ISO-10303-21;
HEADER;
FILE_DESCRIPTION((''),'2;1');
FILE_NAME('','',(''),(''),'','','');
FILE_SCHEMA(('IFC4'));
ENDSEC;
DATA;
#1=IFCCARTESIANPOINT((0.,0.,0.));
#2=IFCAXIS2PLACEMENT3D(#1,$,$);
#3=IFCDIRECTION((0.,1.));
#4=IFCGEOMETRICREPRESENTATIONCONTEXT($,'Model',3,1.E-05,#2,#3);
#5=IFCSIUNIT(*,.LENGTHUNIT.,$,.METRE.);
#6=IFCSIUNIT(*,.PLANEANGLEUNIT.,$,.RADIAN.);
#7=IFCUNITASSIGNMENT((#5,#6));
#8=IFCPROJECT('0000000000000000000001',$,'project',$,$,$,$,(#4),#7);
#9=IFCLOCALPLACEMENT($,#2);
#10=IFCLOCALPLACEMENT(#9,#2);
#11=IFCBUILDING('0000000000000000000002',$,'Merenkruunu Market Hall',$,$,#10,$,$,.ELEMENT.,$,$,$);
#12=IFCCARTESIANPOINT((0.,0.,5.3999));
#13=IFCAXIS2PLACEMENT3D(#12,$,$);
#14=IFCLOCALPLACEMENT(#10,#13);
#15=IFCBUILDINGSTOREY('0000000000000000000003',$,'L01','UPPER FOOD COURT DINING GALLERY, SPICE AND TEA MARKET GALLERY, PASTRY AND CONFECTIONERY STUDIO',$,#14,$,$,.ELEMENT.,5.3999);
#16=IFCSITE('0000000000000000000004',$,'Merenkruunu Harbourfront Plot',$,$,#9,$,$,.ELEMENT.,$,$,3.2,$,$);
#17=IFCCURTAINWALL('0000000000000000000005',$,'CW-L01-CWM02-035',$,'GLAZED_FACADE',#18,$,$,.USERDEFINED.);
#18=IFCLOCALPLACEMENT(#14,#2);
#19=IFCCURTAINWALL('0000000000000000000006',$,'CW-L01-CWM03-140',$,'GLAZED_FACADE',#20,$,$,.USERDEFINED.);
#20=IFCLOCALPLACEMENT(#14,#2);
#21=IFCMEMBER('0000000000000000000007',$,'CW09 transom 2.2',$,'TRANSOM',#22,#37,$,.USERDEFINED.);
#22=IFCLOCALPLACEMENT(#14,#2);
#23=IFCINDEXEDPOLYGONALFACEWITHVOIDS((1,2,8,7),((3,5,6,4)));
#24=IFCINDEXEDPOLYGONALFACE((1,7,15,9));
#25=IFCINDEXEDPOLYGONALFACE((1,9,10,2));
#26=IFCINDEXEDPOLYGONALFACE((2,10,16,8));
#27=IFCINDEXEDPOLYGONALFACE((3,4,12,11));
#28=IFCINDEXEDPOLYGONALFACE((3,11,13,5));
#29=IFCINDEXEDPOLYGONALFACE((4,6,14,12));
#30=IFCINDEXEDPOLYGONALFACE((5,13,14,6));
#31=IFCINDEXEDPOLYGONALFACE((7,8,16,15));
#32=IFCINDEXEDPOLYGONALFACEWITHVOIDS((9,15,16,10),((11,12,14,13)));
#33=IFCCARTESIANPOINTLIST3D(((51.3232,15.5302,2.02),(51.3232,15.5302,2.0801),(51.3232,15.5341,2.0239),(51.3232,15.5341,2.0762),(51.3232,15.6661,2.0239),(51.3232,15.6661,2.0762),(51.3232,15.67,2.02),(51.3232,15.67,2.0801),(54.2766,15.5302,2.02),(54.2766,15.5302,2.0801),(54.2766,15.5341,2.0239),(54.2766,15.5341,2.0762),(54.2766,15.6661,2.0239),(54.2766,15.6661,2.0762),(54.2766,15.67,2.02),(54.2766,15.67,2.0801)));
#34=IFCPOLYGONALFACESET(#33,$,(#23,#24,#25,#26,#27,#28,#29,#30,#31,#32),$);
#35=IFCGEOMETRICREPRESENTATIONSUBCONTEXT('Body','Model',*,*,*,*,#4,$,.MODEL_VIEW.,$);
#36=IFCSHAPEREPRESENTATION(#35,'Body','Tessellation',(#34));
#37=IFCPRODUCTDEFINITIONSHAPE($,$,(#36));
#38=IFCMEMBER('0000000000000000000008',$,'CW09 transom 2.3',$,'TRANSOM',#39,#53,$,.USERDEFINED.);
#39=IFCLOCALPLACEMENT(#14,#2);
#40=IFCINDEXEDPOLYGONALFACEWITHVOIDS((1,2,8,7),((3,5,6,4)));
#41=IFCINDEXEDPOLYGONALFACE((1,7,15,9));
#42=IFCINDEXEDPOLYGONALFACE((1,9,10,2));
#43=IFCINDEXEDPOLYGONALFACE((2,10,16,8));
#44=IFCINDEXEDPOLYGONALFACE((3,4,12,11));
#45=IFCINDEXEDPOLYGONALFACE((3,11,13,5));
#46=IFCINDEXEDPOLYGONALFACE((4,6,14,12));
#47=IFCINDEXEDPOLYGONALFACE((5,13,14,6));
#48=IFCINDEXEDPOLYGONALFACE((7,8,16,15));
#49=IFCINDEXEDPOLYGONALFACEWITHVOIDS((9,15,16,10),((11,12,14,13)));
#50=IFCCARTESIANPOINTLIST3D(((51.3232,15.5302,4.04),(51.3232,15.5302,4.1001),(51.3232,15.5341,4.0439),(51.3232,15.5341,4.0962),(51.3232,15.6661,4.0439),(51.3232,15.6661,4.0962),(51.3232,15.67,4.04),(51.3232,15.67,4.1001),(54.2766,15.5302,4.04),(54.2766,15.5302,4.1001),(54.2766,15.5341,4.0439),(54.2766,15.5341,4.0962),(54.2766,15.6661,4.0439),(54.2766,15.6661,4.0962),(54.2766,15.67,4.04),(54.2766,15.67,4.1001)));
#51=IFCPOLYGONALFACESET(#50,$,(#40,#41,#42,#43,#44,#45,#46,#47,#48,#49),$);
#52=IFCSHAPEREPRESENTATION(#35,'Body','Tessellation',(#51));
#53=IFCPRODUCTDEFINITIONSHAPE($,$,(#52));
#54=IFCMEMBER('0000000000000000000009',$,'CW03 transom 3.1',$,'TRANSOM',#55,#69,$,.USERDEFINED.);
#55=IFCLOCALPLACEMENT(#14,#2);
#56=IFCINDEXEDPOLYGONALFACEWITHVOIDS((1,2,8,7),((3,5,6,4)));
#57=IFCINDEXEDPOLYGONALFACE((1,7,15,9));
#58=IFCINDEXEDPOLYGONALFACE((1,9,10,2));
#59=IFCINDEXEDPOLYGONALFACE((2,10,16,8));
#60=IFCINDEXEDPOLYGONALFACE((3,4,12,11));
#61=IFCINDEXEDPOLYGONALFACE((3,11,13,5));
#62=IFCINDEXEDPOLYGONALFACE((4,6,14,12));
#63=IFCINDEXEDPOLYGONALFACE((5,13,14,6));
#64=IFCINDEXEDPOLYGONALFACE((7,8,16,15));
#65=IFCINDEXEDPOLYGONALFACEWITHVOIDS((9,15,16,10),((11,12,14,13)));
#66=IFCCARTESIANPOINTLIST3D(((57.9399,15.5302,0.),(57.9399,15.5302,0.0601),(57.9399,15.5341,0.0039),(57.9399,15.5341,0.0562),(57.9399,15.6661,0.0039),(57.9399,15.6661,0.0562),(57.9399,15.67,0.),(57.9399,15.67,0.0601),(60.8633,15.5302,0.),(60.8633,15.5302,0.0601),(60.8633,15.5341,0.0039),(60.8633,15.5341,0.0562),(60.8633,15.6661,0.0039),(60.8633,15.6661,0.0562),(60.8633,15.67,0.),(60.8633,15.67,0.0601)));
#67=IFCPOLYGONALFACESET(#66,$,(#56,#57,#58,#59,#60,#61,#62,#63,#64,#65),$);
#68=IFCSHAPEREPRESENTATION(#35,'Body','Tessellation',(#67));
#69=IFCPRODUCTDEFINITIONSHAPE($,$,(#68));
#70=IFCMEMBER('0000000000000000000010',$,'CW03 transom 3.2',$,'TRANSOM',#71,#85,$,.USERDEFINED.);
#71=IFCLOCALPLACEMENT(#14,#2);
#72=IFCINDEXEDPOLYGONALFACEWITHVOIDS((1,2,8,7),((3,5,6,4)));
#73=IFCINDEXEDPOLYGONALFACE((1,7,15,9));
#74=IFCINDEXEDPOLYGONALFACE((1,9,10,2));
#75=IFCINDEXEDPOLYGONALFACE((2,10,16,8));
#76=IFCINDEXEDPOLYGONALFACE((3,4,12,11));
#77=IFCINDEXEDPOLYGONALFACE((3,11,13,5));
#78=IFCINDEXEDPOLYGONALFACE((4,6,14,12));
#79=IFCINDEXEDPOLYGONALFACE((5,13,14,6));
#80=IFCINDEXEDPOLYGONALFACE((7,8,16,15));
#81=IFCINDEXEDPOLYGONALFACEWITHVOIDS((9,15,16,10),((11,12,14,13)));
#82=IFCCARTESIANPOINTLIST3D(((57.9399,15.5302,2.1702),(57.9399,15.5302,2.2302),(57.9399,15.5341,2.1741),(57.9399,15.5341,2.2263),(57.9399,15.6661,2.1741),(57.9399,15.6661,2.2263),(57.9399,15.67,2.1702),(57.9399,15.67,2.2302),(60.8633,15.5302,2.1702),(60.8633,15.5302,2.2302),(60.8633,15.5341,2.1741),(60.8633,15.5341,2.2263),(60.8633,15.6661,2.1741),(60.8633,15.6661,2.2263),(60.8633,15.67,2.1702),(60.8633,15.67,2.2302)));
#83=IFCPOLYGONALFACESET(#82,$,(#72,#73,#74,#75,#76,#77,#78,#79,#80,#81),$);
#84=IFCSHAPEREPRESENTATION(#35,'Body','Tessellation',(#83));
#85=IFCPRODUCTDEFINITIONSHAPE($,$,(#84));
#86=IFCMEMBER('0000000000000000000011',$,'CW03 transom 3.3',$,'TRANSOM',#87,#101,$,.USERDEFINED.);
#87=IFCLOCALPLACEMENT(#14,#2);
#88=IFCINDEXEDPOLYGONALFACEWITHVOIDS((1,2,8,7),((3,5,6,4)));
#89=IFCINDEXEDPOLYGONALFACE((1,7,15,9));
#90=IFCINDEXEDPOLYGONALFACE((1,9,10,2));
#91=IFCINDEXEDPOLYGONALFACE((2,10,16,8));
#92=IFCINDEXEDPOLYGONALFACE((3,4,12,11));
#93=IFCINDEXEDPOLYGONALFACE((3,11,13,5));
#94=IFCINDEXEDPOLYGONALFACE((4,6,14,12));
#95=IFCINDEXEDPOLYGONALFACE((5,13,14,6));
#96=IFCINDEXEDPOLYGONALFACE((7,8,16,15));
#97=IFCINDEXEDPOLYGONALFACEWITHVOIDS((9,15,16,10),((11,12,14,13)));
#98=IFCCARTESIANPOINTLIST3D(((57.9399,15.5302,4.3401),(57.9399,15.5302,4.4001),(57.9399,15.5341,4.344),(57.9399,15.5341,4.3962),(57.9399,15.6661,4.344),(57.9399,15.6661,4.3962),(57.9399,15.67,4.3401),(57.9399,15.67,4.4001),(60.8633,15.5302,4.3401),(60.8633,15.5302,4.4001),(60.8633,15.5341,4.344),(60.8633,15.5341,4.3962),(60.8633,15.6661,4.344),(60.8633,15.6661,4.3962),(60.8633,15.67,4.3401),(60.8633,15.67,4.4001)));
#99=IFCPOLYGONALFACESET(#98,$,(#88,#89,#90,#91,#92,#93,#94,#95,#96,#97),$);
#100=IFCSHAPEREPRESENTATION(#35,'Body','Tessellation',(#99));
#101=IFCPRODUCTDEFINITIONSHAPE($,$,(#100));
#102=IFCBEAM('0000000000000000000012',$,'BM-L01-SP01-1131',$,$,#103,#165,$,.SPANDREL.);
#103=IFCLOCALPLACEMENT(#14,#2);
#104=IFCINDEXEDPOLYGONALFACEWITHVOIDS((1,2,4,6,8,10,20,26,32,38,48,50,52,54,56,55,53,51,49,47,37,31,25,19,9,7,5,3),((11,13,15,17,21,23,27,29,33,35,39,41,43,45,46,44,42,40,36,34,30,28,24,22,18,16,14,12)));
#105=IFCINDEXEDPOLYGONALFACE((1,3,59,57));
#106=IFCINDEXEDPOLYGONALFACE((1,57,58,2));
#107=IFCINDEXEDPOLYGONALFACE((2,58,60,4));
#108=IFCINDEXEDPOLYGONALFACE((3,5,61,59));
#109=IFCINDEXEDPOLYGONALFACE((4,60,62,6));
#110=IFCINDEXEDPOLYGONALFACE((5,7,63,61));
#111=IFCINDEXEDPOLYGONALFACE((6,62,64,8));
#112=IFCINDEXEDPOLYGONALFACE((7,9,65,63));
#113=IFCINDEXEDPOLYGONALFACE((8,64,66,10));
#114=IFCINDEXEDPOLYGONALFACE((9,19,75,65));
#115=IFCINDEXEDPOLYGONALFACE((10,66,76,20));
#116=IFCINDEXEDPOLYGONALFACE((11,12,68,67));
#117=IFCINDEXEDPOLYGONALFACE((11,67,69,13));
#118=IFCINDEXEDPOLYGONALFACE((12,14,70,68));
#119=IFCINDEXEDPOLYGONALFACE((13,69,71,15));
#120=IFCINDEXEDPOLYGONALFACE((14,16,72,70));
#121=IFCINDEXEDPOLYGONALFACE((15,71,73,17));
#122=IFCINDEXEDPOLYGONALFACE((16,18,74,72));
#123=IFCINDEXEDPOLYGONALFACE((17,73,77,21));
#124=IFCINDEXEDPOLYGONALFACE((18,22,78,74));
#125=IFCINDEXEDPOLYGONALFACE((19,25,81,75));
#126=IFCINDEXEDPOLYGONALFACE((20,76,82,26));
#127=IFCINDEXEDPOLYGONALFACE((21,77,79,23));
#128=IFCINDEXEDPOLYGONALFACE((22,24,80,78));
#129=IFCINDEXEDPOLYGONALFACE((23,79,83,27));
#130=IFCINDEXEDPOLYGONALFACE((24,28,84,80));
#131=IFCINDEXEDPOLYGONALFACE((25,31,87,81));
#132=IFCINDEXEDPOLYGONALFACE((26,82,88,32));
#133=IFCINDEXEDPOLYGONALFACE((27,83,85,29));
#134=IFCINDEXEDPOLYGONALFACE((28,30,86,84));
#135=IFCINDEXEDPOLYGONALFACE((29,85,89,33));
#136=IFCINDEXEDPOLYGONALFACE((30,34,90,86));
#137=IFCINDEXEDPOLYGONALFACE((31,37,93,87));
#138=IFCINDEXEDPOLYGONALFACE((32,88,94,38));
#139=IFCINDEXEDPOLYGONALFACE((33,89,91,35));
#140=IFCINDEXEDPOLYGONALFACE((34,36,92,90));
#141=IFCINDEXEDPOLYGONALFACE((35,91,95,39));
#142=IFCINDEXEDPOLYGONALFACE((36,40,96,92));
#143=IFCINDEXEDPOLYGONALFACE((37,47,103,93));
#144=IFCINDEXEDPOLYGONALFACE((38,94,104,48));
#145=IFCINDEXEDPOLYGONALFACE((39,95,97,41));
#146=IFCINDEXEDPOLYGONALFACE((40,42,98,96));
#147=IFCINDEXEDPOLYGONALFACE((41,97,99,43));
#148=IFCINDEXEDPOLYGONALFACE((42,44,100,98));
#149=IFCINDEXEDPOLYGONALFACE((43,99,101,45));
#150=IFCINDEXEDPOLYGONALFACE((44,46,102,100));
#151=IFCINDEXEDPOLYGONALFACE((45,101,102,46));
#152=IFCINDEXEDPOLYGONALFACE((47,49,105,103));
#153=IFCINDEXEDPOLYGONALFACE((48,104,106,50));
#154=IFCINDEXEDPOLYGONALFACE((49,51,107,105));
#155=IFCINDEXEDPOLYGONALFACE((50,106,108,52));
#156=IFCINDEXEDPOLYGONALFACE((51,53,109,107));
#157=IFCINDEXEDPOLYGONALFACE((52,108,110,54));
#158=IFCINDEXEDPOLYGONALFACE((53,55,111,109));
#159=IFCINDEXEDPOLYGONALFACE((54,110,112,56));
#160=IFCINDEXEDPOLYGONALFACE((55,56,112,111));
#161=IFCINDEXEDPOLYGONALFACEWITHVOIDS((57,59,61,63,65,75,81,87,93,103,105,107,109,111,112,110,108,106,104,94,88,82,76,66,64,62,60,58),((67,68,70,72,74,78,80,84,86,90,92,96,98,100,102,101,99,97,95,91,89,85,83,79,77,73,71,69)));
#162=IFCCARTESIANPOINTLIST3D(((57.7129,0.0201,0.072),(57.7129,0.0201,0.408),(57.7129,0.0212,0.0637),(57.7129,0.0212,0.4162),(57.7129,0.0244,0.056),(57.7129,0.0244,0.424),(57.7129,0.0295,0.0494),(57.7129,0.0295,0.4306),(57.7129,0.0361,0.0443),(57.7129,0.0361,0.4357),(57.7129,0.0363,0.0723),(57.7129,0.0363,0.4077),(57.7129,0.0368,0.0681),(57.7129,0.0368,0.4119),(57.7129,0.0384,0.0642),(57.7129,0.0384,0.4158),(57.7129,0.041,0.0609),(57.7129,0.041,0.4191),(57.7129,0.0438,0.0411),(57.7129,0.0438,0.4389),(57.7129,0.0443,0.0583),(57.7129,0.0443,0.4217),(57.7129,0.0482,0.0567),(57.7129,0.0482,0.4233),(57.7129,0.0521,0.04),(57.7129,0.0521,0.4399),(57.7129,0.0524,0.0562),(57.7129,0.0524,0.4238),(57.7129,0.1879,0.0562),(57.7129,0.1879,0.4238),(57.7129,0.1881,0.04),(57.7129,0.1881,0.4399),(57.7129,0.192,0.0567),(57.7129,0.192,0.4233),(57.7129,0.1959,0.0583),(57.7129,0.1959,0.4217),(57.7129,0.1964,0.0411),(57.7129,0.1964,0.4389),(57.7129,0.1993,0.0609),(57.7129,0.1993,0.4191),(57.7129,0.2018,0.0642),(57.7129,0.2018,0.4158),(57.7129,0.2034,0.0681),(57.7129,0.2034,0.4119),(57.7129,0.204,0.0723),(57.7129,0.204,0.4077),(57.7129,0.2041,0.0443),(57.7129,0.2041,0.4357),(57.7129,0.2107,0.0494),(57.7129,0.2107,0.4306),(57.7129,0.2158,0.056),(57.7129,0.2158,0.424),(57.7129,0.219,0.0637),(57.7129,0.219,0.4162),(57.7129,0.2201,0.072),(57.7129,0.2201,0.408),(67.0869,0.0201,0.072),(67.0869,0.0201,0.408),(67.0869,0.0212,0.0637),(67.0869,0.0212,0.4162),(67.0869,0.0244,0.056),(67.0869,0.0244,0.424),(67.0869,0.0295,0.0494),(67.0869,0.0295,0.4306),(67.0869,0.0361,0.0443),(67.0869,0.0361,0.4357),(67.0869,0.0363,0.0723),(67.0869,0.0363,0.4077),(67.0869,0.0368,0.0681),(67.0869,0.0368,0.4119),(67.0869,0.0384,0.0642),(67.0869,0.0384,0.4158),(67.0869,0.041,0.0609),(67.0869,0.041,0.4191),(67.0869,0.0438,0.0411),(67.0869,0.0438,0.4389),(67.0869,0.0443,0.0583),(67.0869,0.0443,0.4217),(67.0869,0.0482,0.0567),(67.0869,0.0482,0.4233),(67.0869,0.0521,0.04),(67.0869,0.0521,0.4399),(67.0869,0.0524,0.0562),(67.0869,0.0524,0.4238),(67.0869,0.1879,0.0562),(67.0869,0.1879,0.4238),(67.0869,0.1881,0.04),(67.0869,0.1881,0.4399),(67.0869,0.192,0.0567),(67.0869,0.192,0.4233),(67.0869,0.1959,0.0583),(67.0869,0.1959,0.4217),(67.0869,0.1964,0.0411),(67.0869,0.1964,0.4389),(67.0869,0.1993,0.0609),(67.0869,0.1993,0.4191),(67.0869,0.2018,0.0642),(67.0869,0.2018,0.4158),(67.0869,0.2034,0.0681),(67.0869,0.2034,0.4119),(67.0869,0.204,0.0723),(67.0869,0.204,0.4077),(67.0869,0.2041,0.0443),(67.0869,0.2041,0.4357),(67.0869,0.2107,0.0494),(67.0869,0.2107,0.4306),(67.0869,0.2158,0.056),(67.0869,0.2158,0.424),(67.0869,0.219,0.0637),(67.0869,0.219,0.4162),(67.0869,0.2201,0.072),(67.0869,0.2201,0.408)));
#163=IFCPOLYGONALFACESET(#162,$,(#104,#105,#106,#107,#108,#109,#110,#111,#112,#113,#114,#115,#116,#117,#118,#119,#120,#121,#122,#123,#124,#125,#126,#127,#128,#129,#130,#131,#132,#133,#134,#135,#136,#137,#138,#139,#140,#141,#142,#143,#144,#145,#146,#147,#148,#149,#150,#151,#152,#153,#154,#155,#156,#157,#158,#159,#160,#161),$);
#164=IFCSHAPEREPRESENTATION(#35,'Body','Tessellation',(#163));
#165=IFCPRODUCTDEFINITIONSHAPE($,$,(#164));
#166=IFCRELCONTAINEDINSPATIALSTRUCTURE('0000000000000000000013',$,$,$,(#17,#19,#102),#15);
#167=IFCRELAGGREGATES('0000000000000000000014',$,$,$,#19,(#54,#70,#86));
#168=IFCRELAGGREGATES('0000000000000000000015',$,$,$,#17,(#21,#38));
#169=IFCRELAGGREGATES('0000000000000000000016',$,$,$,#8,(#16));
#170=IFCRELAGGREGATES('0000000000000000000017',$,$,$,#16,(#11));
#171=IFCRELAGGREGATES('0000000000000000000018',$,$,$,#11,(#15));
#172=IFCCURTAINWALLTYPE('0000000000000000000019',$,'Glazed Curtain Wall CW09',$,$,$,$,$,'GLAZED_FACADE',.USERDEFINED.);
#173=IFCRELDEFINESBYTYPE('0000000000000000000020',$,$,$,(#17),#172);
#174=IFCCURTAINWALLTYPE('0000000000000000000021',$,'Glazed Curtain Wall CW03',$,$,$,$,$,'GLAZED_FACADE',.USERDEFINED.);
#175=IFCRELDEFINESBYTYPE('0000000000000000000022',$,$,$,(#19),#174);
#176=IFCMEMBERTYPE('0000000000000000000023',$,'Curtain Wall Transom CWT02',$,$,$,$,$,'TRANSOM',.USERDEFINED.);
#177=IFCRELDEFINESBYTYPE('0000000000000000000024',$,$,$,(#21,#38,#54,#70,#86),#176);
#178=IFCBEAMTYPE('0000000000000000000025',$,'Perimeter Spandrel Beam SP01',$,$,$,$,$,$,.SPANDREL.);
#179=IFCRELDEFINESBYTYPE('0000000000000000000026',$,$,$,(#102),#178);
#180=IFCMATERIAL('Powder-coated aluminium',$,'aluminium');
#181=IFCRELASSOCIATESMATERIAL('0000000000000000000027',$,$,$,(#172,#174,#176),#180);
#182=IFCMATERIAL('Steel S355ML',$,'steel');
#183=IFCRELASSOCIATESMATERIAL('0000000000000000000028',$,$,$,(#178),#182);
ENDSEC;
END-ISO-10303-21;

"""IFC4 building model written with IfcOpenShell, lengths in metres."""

from ifc_helpers import new_model, si_unit, direction, frame, origin, origin_2d, place, context, subcontext, project, spatial, hollow_rectangle, extrude, material, material_profile, profile_set, type_object, element, aggregate, save


model = new_model("IFC4")

# Units and contexts
model_context = context("Model", 3, precision=1e-05, world=origin(), true_north=direction((0.0, 1.0)))
body_context = subcontext(model_context, "Body", "Model", "MODEL_VIEW")
ifc_project = project(units=[si_unit("LENGTHUNIT", "METRE"), si_unit("PLANEANGLEUNIT", "RADIAN")], contexts=[model_context])

# Site, building, storey
site_placement = place(None, origin())
site = spatial("IfcSite", under=ifc_project, at=site_placement, Name="Merenkruunu Harbourfront Plot", CompositionType="ELEMENT", RefElevation=3.2)
building_placement = place(site_placement, origin())
building = spatial("IfcBuilding", under=site, at=building_placement, Name="Merenkruunu Market Hall", CompositionType="ELEMENT")
storey_placement = place(building_placement, frame((0.0, 0.0, 5.3999)))
storey = spatial("IfcBuildingStorey", under=building, at=storey_placement, Name="L01", Description="UPPER FOOD COURT DINING GALLERY, SPICE AND TEA MARKET GALLERY, PASTRY AND CONFECTIONERY STUDIO", CompositionType="ELEMENT", Elevation=5.3999)

# Shared definitions
ifc_material_1 = material(Name="Steel S355ML", Category="steel")

# Curtain walls
ifc_material_2 = material(Name="Powder-coated aluminium", Category="aluminium")
curtain_wall_type_1 = type_object("IfcCurtainWallType", Name="Glazed Curtain Wall CW09", ElementType="GLAZED_FACADE", PredefinedType="USERDEFINED", material=ifc_material_2)
curtain_wall_1_placement = place(storey_placement, origin())
curtain_wall_1 = element("IfcCurtainWall", 1, at=curtain_wall_1_placement, inside=storey, type_object=curtain_wall_type_1, Name="CW-L01-CWM02-035", ObjectType="GLAZED_FACADE", PredefinedType="USERDEFINED")
curtain_wall_type_2 = type_object("IfcCurtainWallType", Name="Glazed Curtain Wall CW03", ElementType="GLAZED_FACADE", PredefinedType="USERDEFINED", material=ifc_material_2)
curtain_wall_2_placement = place(storey_placement, origin())
curtain_wall_2 = element("IfcCurtainWall", 2, at=curtain_wall_2_placement, inside=storey, type_object=curtain_wall_type_2, Name="CW-L01-CWM03-140", ObjectType="GLAZED_FACADE", PredefinedType="USERDEFINED")

# Members
ifc_material_profile_1 = material_profile(ifc_material_2, hollow_rectangle(XDim=0.0601, YDim=0.1399, WallThickness=0.0039, at=origin_2d()), Name="ALU 60x140x4")
ifc_profile_set_1 = profile_set([ifc_material_profile_1], Name="Powder-coated aluminium")
member_type_1 = type_object("IfcMemberType", Name="Curtain Wall Transom CWT02", ElementType="TRANSOM", PredefinedType="USERDEFINED", material=ifc_profile_set_1)
member_1_placement = place(storey_placement, frame((54.2766, 15.6001, 2.05), z_axis=(-1.0, 0.0, 0.0), x_axis=(0.0, 0.0, 1.0)))
member_1 = element("IfcMember", 3, at=member_1_placement, type_object=member_type_1, Name="CW09 transom 2.2", ObjectType="TRANSOM", PredefinedType="USERDEFINED", context=body_context, shape_type="SweptSolid", body=[
    extrude(hollow_rectangle(XDim=0.0601, YDim=0.1399, WallThickness=0.0039, at=origin_2d()), origin(), (0.0, 0.0, 1.0), 2.9534),
])
member_2_placement = place(storey_placement, frame((54.2766, 15.6001, 4.0701), z_axis=(-1.0, 0.0, 0.0), x_axis=(0.0, 0.0, 1.0)))
member_2 = element("IfcMember", 4, at=member_2_placement, type_object=member_type_1, Name="CW09 transom 2.3", ObjectType="TRANSOM", PredefinedType="USERDEFINED", context=body_context, shape_type="SweptSolid", body=[
    extrude(hollow_rectangle(XDim=0.0601, YDim=0.1399, WallThickness=0.0039, at=origin_2d()), origin(), (0.0, 0.0, 1.0), 2.9534),
])
member_3_placement = place(storey_placement, frame((60.8633, 15.6001, 0.03), z_axis=(-1.0, 0.0, 0.0), x_axis=(0.0, 0.0, 1.0)))
member_3 = element("IfcMember", 5, at=member_3_placement, type_object=member_type_1, Name="CW03 transom 3.1", ObjectType="TRANSOM", PredefinedType="USERDEFINED", context=body_context, shape_type="SweptSolid", body=[
    extrude(hollow_rectangle(XDim=0.0601, YDim=0.1399, WallThickness=0.0039, at=origin_2d()), origin(), (0.0, 0.0, 1.0), 2.9233),
])
member_4_placement = place(storey_placement, frame((60.8633, 15.6001, 2.2002), z_axis=(-1.0, 0.0, 0.0), x_axis=(0.0, 0.0, 1.0)))
member_4 = element("IfcMember", 6, at=member_4_placement, type_object=member_type_1, Name="CW03 transom 3.2", ObjectType="TRANSOM", PredefinedType="USERDEFINED", context=body_context, shape_type="SweptSolid", body=[
    extrude(hollow_rectangle(XDim=0.0601, YDim=0.1399, WallThickness=0.0039, at=origin_2d()), origin(), (0.0, 0.0, 1.0), 2.9233),
])
member_5_placement = place(storey_placement, frame((60.8633, 15.6001, 4.3701), z_axis=(-1.0, 0.0, 0.0), x_axis=(0.0, 0.0, 1.0)))
member_5 = element("IfcMember", 7, at=member_5_placement, type_object=member_type_1, Name="CW03 transom 3.3", ObjectType="TRANSOM", PredefinedType="USERDEFINED", context=body_context, shape_type="SweptSolid", body=[
    extrude(hollow_rectangle(XDim=0.0601, YDim=0.1399, WallThickness=0.0039, at=origin_2d()), origin(), (0.0, 0.0, 1.0), 2.9233),
])

# Beam
ifc_material_profile_2 = material_profile(ifc_material_1, hollow_rectangle(XDim=0.2, YDim=0.3999, WallThickness=0.0161, InnerFilletRadius=0.0161, OuterFilletRadius=0.032, at=origin_2d()), Name="RHS 400x200x16")
ifc_profile_set_2 = profile_set([ifc_material_profile_2], Name="Steel S355ML")
beam_type_1 = type_object("IfcBeamType", Name="Perimeter Spandrel Beam SP01", PredefinedType="SPANDREL", material=ifc_profile_set_2)
beam_1_placement = place(storey_placement, frame((57.7129, 0.1201, 0.24), z_axis=(1.0, 0.0, 0.0), x_axis=(0.0, 1.0, 0.0)))
element("IfcBeam", 8, at=beam_1_placement, inside=storey, type_object=beam_type_1, Name="BM-L01-SP01-1131", PredefinedType="SPANDREL", context=body_context, shape_type="SweptSolid", body=[
    extrude(hollow_rectangle(XDim=0.2, YDim=0.3999, WallThickness=0.0161, InnerFilletRadius=0.0161, OuterFilletRadius=0.032, at=origin_2d()), origin(), (0.0, 0.0, 1.0), 9.374),
])

aggregate(curtain_wall_2, [member_3, member_4, member_5])
aggregate(curtain_wall_1, [member_1, member_2])

save(model, "model.ifc")
